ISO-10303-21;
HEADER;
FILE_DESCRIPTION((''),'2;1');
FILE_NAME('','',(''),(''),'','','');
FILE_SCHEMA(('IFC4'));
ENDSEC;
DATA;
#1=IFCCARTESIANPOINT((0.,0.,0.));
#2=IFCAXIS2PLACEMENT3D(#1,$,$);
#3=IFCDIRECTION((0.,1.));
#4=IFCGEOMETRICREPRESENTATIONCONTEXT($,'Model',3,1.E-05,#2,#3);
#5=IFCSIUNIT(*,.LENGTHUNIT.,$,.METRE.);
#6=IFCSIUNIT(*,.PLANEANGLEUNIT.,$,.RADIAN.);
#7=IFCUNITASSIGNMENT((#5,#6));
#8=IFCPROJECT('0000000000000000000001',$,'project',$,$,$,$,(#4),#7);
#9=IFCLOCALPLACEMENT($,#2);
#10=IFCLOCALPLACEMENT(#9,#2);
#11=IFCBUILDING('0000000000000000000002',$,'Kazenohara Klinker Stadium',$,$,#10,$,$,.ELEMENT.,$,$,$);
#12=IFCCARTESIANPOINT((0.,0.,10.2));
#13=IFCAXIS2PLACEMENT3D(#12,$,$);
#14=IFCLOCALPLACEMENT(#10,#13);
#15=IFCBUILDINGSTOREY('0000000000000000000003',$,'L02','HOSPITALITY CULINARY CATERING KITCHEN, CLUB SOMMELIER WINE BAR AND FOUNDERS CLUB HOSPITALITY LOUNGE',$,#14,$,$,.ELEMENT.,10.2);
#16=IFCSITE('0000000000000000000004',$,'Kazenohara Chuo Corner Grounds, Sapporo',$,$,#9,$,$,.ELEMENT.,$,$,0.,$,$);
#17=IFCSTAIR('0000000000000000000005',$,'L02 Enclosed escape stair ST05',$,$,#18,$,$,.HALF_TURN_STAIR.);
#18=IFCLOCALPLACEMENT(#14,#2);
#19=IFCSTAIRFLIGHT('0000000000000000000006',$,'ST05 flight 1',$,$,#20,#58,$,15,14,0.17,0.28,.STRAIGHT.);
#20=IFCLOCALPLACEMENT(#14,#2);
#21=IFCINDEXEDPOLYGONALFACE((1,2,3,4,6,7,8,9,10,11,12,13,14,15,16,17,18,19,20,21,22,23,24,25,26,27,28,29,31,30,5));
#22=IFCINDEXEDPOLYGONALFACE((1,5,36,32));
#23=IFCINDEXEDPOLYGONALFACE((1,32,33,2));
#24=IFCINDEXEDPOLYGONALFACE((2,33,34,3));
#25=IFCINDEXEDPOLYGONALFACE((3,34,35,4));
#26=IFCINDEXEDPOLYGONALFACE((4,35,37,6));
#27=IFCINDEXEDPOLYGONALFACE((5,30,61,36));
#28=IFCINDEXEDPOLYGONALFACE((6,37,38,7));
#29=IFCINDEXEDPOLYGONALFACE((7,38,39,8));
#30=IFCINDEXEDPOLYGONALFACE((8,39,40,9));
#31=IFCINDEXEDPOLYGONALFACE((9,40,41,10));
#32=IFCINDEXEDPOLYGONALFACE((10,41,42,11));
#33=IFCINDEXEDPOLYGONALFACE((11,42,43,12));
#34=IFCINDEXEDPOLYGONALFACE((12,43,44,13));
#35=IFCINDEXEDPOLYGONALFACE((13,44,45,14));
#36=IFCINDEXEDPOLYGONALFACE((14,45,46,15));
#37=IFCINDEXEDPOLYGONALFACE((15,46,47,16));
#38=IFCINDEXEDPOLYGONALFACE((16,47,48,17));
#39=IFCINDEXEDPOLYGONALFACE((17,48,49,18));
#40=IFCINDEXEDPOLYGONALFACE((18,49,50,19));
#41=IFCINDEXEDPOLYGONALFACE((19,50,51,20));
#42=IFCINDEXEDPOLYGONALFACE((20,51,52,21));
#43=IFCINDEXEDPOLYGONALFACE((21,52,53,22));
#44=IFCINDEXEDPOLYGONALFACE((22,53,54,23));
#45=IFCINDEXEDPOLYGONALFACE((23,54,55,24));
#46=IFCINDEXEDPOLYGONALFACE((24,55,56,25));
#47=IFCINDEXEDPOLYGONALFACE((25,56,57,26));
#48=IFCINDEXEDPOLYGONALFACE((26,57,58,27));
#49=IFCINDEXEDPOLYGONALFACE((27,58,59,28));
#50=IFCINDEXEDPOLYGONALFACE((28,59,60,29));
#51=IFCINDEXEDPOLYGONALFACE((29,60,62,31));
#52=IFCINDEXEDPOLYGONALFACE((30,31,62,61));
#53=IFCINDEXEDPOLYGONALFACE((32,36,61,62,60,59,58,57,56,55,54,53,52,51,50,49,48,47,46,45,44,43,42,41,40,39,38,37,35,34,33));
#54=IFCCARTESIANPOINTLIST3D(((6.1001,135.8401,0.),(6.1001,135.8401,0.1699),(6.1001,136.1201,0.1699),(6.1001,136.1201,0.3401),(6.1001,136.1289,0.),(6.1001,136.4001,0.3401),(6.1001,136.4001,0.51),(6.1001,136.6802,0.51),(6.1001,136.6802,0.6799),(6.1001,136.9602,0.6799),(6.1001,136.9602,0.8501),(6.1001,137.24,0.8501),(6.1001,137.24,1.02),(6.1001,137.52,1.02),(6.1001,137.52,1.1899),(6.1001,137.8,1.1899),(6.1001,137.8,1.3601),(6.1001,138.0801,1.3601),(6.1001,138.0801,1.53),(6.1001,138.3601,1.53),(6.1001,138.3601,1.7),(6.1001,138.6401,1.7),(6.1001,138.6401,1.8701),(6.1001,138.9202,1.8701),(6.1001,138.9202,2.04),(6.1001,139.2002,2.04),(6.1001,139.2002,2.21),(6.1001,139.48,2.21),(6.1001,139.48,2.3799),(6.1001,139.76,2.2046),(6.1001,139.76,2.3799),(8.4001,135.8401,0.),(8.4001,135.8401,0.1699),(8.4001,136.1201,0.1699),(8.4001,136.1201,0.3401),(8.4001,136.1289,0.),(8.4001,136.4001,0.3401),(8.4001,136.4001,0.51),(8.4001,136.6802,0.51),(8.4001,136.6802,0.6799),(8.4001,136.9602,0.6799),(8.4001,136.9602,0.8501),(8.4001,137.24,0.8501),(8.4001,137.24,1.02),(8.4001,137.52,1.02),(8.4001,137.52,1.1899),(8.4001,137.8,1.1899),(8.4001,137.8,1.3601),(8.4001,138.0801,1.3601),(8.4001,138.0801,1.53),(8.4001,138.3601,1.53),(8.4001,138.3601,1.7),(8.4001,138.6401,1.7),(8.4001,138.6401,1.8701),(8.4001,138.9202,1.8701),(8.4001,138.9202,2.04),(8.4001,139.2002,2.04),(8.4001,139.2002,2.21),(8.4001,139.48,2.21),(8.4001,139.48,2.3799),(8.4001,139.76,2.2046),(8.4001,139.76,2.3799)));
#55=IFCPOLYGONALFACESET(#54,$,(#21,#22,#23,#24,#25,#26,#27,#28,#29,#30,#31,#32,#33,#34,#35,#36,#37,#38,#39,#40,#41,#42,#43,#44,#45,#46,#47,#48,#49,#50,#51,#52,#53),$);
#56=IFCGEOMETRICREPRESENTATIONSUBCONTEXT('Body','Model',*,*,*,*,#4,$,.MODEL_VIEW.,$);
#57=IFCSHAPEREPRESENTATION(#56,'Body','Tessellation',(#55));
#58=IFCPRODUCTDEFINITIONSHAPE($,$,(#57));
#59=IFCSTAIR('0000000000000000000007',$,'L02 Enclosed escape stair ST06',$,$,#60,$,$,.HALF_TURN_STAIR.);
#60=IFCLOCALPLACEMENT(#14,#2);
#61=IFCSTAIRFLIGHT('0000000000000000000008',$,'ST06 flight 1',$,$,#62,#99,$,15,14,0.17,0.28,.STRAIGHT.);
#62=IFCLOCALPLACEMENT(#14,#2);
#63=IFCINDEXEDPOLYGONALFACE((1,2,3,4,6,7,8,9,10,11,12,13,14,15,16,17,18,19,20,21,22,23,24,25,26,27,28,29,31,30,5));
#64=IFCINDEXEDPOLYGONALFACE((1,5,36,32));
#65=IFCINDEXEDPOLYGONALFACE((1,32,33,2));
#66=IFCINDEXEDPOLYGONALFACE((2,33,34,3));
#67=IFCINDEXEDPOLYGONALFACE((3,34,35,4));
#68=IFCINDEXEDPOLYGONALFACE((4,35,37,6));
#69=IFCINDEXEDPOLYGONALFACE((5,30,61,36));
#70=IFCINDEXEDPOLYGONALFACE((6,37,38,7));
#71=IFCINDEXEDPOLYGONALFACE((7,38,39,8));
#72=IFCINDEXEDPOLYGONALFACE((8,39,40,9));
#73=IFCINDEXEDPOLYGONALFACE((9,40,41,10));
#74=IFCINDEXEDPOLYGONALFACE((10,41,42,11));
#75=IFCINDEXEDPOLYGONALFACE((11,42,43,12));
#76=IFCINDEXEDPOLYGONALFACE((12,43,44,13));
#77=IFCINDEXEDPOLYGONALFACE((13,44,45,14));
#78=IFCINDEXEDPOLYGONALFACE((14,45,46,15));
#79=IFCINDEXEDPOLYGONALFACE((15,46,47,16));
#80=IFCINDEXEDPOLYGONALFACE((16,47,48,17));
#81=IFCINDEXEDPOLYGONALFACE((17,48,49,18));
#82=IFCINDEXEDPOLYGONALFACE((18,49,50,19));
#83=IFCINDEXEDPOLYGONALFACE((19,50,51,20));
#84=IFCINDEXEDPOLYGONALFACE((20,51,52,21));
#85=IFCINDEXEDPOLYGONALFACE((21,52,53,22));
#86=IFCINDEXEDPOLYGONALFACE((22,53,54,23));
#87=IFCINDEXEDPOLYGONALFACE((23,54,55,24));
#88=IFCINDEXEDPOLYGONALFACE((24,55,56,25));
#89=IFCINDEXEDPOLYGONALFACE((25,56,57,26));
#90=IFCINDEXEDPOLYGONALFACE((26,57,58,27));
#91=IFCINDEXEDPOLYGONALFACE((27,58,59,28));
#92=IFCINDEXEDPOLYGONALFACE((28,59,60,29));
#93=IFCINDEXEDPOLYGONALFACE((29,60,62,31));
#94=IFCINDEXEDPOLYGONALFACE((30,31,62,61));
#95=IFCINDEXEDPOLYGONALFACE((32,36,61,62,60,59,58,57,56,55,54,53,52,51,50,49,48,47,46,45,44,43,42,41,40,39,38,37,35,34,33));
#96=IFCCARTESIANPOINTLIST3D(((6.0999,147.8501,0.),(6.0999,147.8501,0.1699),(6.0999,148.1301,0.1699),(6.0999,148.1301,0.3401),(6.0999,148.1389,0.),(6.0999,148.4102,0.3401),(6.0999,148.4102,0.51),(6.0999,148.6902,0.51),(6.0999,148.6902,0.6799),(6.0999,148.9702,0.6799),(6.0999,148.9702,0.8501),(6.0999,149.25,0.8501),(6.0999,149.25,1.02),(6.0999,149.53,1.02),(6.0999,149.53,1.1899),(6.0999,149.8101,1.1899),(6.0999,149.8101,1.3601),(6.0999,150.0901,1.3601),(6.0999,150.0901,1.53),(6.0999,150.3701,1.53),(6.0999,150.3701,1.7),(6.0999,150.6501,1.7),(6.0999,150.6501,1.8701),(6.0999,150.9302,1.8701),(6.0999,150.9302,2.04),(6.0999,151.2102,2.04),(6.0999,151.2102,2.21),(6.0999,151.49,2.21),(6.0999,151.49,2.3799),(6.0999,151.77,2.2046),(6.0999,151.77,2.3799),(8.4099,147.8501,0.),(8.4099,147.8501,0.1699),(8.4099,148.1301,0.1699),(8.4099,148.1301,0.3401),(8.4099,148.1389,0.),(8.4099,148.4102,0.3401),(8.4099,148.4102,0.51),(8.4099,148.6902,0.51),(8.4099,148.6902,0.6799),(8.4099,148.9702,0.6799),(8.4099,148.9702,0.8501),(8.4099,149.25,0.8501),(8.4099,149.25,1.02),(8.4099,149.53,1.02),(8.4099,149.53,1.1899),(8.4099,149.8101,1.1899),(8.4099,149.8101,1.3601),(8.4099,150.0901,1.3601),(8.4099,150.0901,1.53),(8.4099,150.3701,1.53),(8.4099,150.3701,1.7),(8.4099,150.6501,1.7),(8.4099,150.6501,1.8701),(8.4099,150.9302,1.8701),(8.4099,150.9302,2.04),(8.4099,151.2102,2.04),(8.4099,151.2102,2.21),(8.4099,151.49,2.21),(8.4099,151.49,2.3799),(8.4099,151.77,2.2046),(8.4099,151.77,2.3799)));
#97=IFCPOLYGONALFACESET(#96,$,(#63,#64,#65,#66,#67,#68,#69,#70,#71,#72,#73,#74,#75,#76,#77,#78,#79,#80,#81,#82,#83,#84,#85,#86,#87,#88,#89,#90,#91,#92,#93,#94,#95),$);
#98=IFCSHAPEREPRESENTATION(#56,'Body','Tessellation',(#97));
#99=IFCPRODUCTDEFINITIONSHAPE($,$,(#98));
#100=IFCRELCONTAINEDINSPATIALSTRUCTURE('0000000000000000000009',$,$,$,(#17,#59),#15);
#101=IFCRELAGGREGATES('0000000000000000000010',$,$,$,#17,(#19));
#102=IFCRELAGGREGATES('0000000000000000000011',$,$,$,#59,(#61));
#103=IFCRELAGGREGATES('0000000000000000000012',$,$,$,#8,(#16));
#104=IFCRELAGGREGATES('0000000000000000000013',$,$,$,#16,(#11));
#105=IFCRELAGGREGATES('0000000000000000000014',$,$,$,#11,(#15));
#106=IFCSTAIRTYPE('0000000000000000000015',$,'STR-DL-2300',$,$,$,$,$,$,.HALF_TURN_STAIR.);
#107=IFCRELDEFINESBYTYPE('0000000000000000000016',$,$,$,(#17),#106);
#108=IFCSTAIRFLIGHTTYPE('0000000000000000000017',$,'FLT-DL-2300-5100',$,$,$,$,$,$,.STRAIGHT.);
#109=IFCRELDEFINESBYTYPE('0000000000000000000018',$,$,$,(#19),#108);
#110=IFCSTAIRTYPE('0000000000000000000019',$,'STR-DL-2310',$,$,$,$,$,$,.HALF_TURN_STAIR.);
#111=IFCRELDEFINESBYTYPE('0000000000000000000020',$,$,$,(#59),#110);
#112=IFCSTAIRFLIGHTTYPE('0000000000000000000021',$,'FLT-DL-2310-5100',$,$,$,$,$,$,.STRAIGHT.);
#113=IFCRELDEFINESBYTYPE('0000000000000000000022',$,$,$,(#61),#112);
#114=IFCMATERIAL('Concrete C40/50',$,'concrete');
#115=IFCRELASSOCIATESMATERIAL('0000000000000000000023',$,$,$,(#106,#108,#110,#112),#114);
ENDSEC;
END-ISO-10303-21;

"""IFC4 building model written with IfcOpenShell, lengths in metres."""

from ifc_helpers import new_model, si_unit, direction, frame, origin, place, context, subcontext, project, spatial, polyline, outline, extrude, material, type_object, element, aggregate, save


model = new_model("IFC4")

# Units and contexts
model_context = context("Model", 3, precision=1e-05, world=origin(), true_north=direction((0.0, 1.0)))
body_context = subcontext(model_context, "Body", "Model", "MODEL_VIEW")
ifc_project = project(units=[si_unit("LENGTHUNIT", "METRE"), si_unit("PLANEANGLEUNIT", "RADIAN")], contexts=[model_context])

# Site, building, storey
site_placement = place(None, origin())
site = spatial("IfcSite", under=ifc_project, at=site_placement, Name="Kazenohara Chuo Corner Grounds, Sapporo", CompositionType="ELEMENT", RefElevation=0.0)
building_placement = place(site_placement, origin())
building = spatial("IfcBuilding", under=site, at=building_placement, Name="Kazenohara Klinker Stadium", CompositionType="ELEMENT")
storey_placement = place(building_placement, frame((0.0, 0.0, 10.2)))
storey = spatial("IfcBuildingStorey", under=building, at=storey_placement, Name="L02", Description="HOSPITALITY CULINARY CATERING KITCHEN, CLUB SOMMELIER WINE BAR AND FOUNDERS CLUB HOSPITALITY LOUNGE", CompositionType="ELEMENT", Elevation=10.2)

# Shared definitions
ifc_material_1 = material(Name="Concrete C40/50", Category="concrete")

# Stairs, stair flights
stair_type_1 = type_object("IfcStairType", Name="STR-DL-2300", PredefinedType="HALF_TURN_STAIR", material=ifc_material_1)
stair_1_placement = place(storey_placement, origin())
stair_1 = element("IfcStair", 1, at=stair_1_placement, inside=storey, type_object=stair_type_1, Name="L02 Enclosed escape stair ST05", PredefinedType="HALF_TURN_STAIR")
stair_flight_type_1 = type_object("IfcStairFlightType", Name="FLT-DL-2300-5100", PredefinedType="STRAIGHT", material=ifc_material_1)
stair_flight_1_placement = place(storey_placement, frame((7.25, 135.8401, 0.0), z_axis=(0.0, 0.0, 1.0), x_axis=(0.0, 1.0, 0.0)))
stair_flight_1 = element("IfcStairFlight", 2, at=stair_flight_1_placement, type_object=stair_flight_type_1, Name="ST05 flight 1", NumberOfRisers=15, NumberOfTreads=14, PredefinedType="STRAIGHT", RiserHeight=0.17, TreadLength=0.28, context=body_context, shape_type="SweptSolid", body=[
    extrude(outline(polyline([(0.0, 0.0), (0.0, 0.1699), (0.28, 0.1699), (0.28, 0.3401), (0.5601, 0.3401), (0.5601, 0.51), (0.8401, 0.51), (0.8401, 0.6799), (1.1201, 0.6799), (1.1201, 0.8501), (1.3999, 0.8501), (1.3999, 1.02), (1.6799, 1.02), (1.6799, 1.1899), (1.96, 1.1899), (1.96, 1.3601), (2.24, 1.3601), (2.24, 1.53), (2.52, 1.53), (2.52, 1.7), (2.8, 1.7), (2.8, 1.8701), (3.0801, 1.8701), (3.0801, 2.04), (3.3601, 2.04), (3.3601, 2.21), (3.6399, 2.21), (3.6399, 2.3799), (3.9199, 2.3799), (3.9199, 2.55), (3.9199, 2.2046), (0.2888, 0.0), (0.0, 0.0)])), frame((0.0, 1.1499, 0.0), z_axis=(0.0, -1.0, 0.0), x_axis=(1.0, 0.0, 0.0)), (0.0, 0.0, 1.0), 2.3),
])
aggregate(stair_1, [stair_flight_1])
stair_type_2 = type_object("IfcStairType", Name="STR-DL-2310", PredefinedType="HALF_TURN_STAIR", material=ifc_material_1)
stair_2_placement = place(storey_placement, origin())
stair_2 = element("IfcStair", 3, at=stair_2_placement, inside=storey, type_object=stair_type_2, Name="L02 Enclosed escape stair ST06", PredefinedType="HALF_TURN_STAIR")
stair_flight_type_2 = type_object("IfcStairFlightType", Name="FLT-DL-2310-5100", PredefinedType="STRAIGHT", material=ifc_material_1)
stair_flight_2_placement = place(storey_placement, frame((7.2549, 147.8501, 0.0), z_axis=(0.0, 0.0, 1.0), x_axis=(0.0, 1.0, 0.0)))
stair_flight_2 = element("IfcStairFlight", 4, at=stair_flight_2_placement, type_object=stair_flight_type_2, Name="ST06 flight 1", NumberOfRisers=15, NumberOfTreads=14, PredefinedType="STRAIGHT", RiserHeight=0.17, TreadLength=0.28, context=body_context, shape_type="SweptSolid", body=[
    extrude(outline(polyline([(0.0, 0.0), (0.0, 0.1699), (0.28, 0.1699), (0.28, 0.3401), (0.5601, 0.3401), (0.5601, 0.51), (0.8401, 0.51), (0.8401, 0.6799), (1.1201, 0.6799), (1.1201, 0.8501), (1.3999, 0.8501), (1.3999, 1.02), (1.6799, 1.02), (1.6799, 1.1899), (1.96, 1.1899), (1.96, 1.3601), (2.24, 1.3601), (2.24, 1.53), (2.52, 1.53), (2.52, 1.7), (2.8, 1.7), (2.8, 1.8701), (3.0801, 1.8701), (3.0801, 2.04), (3.3601, 2.04), (3.3601, 2.21), (3.6399, 2.21), (3.6399, 2.3799), (3.9199, 2.3799), (3.9199, 2.55), (3.9199, 2.2046), (0.2888, 0.0), (0.0, 0.0)])), frame((0.0, 1.155, 0.0), z_axis=(0.0, -1.0, 0.0), x_axis=(1.0, 0.0, 0.0)), (0.0, 0.0, 1.0), 2.3101),
])
aggregate(stair_2, [stair_flight_2])

save(model, "model.ifc")
